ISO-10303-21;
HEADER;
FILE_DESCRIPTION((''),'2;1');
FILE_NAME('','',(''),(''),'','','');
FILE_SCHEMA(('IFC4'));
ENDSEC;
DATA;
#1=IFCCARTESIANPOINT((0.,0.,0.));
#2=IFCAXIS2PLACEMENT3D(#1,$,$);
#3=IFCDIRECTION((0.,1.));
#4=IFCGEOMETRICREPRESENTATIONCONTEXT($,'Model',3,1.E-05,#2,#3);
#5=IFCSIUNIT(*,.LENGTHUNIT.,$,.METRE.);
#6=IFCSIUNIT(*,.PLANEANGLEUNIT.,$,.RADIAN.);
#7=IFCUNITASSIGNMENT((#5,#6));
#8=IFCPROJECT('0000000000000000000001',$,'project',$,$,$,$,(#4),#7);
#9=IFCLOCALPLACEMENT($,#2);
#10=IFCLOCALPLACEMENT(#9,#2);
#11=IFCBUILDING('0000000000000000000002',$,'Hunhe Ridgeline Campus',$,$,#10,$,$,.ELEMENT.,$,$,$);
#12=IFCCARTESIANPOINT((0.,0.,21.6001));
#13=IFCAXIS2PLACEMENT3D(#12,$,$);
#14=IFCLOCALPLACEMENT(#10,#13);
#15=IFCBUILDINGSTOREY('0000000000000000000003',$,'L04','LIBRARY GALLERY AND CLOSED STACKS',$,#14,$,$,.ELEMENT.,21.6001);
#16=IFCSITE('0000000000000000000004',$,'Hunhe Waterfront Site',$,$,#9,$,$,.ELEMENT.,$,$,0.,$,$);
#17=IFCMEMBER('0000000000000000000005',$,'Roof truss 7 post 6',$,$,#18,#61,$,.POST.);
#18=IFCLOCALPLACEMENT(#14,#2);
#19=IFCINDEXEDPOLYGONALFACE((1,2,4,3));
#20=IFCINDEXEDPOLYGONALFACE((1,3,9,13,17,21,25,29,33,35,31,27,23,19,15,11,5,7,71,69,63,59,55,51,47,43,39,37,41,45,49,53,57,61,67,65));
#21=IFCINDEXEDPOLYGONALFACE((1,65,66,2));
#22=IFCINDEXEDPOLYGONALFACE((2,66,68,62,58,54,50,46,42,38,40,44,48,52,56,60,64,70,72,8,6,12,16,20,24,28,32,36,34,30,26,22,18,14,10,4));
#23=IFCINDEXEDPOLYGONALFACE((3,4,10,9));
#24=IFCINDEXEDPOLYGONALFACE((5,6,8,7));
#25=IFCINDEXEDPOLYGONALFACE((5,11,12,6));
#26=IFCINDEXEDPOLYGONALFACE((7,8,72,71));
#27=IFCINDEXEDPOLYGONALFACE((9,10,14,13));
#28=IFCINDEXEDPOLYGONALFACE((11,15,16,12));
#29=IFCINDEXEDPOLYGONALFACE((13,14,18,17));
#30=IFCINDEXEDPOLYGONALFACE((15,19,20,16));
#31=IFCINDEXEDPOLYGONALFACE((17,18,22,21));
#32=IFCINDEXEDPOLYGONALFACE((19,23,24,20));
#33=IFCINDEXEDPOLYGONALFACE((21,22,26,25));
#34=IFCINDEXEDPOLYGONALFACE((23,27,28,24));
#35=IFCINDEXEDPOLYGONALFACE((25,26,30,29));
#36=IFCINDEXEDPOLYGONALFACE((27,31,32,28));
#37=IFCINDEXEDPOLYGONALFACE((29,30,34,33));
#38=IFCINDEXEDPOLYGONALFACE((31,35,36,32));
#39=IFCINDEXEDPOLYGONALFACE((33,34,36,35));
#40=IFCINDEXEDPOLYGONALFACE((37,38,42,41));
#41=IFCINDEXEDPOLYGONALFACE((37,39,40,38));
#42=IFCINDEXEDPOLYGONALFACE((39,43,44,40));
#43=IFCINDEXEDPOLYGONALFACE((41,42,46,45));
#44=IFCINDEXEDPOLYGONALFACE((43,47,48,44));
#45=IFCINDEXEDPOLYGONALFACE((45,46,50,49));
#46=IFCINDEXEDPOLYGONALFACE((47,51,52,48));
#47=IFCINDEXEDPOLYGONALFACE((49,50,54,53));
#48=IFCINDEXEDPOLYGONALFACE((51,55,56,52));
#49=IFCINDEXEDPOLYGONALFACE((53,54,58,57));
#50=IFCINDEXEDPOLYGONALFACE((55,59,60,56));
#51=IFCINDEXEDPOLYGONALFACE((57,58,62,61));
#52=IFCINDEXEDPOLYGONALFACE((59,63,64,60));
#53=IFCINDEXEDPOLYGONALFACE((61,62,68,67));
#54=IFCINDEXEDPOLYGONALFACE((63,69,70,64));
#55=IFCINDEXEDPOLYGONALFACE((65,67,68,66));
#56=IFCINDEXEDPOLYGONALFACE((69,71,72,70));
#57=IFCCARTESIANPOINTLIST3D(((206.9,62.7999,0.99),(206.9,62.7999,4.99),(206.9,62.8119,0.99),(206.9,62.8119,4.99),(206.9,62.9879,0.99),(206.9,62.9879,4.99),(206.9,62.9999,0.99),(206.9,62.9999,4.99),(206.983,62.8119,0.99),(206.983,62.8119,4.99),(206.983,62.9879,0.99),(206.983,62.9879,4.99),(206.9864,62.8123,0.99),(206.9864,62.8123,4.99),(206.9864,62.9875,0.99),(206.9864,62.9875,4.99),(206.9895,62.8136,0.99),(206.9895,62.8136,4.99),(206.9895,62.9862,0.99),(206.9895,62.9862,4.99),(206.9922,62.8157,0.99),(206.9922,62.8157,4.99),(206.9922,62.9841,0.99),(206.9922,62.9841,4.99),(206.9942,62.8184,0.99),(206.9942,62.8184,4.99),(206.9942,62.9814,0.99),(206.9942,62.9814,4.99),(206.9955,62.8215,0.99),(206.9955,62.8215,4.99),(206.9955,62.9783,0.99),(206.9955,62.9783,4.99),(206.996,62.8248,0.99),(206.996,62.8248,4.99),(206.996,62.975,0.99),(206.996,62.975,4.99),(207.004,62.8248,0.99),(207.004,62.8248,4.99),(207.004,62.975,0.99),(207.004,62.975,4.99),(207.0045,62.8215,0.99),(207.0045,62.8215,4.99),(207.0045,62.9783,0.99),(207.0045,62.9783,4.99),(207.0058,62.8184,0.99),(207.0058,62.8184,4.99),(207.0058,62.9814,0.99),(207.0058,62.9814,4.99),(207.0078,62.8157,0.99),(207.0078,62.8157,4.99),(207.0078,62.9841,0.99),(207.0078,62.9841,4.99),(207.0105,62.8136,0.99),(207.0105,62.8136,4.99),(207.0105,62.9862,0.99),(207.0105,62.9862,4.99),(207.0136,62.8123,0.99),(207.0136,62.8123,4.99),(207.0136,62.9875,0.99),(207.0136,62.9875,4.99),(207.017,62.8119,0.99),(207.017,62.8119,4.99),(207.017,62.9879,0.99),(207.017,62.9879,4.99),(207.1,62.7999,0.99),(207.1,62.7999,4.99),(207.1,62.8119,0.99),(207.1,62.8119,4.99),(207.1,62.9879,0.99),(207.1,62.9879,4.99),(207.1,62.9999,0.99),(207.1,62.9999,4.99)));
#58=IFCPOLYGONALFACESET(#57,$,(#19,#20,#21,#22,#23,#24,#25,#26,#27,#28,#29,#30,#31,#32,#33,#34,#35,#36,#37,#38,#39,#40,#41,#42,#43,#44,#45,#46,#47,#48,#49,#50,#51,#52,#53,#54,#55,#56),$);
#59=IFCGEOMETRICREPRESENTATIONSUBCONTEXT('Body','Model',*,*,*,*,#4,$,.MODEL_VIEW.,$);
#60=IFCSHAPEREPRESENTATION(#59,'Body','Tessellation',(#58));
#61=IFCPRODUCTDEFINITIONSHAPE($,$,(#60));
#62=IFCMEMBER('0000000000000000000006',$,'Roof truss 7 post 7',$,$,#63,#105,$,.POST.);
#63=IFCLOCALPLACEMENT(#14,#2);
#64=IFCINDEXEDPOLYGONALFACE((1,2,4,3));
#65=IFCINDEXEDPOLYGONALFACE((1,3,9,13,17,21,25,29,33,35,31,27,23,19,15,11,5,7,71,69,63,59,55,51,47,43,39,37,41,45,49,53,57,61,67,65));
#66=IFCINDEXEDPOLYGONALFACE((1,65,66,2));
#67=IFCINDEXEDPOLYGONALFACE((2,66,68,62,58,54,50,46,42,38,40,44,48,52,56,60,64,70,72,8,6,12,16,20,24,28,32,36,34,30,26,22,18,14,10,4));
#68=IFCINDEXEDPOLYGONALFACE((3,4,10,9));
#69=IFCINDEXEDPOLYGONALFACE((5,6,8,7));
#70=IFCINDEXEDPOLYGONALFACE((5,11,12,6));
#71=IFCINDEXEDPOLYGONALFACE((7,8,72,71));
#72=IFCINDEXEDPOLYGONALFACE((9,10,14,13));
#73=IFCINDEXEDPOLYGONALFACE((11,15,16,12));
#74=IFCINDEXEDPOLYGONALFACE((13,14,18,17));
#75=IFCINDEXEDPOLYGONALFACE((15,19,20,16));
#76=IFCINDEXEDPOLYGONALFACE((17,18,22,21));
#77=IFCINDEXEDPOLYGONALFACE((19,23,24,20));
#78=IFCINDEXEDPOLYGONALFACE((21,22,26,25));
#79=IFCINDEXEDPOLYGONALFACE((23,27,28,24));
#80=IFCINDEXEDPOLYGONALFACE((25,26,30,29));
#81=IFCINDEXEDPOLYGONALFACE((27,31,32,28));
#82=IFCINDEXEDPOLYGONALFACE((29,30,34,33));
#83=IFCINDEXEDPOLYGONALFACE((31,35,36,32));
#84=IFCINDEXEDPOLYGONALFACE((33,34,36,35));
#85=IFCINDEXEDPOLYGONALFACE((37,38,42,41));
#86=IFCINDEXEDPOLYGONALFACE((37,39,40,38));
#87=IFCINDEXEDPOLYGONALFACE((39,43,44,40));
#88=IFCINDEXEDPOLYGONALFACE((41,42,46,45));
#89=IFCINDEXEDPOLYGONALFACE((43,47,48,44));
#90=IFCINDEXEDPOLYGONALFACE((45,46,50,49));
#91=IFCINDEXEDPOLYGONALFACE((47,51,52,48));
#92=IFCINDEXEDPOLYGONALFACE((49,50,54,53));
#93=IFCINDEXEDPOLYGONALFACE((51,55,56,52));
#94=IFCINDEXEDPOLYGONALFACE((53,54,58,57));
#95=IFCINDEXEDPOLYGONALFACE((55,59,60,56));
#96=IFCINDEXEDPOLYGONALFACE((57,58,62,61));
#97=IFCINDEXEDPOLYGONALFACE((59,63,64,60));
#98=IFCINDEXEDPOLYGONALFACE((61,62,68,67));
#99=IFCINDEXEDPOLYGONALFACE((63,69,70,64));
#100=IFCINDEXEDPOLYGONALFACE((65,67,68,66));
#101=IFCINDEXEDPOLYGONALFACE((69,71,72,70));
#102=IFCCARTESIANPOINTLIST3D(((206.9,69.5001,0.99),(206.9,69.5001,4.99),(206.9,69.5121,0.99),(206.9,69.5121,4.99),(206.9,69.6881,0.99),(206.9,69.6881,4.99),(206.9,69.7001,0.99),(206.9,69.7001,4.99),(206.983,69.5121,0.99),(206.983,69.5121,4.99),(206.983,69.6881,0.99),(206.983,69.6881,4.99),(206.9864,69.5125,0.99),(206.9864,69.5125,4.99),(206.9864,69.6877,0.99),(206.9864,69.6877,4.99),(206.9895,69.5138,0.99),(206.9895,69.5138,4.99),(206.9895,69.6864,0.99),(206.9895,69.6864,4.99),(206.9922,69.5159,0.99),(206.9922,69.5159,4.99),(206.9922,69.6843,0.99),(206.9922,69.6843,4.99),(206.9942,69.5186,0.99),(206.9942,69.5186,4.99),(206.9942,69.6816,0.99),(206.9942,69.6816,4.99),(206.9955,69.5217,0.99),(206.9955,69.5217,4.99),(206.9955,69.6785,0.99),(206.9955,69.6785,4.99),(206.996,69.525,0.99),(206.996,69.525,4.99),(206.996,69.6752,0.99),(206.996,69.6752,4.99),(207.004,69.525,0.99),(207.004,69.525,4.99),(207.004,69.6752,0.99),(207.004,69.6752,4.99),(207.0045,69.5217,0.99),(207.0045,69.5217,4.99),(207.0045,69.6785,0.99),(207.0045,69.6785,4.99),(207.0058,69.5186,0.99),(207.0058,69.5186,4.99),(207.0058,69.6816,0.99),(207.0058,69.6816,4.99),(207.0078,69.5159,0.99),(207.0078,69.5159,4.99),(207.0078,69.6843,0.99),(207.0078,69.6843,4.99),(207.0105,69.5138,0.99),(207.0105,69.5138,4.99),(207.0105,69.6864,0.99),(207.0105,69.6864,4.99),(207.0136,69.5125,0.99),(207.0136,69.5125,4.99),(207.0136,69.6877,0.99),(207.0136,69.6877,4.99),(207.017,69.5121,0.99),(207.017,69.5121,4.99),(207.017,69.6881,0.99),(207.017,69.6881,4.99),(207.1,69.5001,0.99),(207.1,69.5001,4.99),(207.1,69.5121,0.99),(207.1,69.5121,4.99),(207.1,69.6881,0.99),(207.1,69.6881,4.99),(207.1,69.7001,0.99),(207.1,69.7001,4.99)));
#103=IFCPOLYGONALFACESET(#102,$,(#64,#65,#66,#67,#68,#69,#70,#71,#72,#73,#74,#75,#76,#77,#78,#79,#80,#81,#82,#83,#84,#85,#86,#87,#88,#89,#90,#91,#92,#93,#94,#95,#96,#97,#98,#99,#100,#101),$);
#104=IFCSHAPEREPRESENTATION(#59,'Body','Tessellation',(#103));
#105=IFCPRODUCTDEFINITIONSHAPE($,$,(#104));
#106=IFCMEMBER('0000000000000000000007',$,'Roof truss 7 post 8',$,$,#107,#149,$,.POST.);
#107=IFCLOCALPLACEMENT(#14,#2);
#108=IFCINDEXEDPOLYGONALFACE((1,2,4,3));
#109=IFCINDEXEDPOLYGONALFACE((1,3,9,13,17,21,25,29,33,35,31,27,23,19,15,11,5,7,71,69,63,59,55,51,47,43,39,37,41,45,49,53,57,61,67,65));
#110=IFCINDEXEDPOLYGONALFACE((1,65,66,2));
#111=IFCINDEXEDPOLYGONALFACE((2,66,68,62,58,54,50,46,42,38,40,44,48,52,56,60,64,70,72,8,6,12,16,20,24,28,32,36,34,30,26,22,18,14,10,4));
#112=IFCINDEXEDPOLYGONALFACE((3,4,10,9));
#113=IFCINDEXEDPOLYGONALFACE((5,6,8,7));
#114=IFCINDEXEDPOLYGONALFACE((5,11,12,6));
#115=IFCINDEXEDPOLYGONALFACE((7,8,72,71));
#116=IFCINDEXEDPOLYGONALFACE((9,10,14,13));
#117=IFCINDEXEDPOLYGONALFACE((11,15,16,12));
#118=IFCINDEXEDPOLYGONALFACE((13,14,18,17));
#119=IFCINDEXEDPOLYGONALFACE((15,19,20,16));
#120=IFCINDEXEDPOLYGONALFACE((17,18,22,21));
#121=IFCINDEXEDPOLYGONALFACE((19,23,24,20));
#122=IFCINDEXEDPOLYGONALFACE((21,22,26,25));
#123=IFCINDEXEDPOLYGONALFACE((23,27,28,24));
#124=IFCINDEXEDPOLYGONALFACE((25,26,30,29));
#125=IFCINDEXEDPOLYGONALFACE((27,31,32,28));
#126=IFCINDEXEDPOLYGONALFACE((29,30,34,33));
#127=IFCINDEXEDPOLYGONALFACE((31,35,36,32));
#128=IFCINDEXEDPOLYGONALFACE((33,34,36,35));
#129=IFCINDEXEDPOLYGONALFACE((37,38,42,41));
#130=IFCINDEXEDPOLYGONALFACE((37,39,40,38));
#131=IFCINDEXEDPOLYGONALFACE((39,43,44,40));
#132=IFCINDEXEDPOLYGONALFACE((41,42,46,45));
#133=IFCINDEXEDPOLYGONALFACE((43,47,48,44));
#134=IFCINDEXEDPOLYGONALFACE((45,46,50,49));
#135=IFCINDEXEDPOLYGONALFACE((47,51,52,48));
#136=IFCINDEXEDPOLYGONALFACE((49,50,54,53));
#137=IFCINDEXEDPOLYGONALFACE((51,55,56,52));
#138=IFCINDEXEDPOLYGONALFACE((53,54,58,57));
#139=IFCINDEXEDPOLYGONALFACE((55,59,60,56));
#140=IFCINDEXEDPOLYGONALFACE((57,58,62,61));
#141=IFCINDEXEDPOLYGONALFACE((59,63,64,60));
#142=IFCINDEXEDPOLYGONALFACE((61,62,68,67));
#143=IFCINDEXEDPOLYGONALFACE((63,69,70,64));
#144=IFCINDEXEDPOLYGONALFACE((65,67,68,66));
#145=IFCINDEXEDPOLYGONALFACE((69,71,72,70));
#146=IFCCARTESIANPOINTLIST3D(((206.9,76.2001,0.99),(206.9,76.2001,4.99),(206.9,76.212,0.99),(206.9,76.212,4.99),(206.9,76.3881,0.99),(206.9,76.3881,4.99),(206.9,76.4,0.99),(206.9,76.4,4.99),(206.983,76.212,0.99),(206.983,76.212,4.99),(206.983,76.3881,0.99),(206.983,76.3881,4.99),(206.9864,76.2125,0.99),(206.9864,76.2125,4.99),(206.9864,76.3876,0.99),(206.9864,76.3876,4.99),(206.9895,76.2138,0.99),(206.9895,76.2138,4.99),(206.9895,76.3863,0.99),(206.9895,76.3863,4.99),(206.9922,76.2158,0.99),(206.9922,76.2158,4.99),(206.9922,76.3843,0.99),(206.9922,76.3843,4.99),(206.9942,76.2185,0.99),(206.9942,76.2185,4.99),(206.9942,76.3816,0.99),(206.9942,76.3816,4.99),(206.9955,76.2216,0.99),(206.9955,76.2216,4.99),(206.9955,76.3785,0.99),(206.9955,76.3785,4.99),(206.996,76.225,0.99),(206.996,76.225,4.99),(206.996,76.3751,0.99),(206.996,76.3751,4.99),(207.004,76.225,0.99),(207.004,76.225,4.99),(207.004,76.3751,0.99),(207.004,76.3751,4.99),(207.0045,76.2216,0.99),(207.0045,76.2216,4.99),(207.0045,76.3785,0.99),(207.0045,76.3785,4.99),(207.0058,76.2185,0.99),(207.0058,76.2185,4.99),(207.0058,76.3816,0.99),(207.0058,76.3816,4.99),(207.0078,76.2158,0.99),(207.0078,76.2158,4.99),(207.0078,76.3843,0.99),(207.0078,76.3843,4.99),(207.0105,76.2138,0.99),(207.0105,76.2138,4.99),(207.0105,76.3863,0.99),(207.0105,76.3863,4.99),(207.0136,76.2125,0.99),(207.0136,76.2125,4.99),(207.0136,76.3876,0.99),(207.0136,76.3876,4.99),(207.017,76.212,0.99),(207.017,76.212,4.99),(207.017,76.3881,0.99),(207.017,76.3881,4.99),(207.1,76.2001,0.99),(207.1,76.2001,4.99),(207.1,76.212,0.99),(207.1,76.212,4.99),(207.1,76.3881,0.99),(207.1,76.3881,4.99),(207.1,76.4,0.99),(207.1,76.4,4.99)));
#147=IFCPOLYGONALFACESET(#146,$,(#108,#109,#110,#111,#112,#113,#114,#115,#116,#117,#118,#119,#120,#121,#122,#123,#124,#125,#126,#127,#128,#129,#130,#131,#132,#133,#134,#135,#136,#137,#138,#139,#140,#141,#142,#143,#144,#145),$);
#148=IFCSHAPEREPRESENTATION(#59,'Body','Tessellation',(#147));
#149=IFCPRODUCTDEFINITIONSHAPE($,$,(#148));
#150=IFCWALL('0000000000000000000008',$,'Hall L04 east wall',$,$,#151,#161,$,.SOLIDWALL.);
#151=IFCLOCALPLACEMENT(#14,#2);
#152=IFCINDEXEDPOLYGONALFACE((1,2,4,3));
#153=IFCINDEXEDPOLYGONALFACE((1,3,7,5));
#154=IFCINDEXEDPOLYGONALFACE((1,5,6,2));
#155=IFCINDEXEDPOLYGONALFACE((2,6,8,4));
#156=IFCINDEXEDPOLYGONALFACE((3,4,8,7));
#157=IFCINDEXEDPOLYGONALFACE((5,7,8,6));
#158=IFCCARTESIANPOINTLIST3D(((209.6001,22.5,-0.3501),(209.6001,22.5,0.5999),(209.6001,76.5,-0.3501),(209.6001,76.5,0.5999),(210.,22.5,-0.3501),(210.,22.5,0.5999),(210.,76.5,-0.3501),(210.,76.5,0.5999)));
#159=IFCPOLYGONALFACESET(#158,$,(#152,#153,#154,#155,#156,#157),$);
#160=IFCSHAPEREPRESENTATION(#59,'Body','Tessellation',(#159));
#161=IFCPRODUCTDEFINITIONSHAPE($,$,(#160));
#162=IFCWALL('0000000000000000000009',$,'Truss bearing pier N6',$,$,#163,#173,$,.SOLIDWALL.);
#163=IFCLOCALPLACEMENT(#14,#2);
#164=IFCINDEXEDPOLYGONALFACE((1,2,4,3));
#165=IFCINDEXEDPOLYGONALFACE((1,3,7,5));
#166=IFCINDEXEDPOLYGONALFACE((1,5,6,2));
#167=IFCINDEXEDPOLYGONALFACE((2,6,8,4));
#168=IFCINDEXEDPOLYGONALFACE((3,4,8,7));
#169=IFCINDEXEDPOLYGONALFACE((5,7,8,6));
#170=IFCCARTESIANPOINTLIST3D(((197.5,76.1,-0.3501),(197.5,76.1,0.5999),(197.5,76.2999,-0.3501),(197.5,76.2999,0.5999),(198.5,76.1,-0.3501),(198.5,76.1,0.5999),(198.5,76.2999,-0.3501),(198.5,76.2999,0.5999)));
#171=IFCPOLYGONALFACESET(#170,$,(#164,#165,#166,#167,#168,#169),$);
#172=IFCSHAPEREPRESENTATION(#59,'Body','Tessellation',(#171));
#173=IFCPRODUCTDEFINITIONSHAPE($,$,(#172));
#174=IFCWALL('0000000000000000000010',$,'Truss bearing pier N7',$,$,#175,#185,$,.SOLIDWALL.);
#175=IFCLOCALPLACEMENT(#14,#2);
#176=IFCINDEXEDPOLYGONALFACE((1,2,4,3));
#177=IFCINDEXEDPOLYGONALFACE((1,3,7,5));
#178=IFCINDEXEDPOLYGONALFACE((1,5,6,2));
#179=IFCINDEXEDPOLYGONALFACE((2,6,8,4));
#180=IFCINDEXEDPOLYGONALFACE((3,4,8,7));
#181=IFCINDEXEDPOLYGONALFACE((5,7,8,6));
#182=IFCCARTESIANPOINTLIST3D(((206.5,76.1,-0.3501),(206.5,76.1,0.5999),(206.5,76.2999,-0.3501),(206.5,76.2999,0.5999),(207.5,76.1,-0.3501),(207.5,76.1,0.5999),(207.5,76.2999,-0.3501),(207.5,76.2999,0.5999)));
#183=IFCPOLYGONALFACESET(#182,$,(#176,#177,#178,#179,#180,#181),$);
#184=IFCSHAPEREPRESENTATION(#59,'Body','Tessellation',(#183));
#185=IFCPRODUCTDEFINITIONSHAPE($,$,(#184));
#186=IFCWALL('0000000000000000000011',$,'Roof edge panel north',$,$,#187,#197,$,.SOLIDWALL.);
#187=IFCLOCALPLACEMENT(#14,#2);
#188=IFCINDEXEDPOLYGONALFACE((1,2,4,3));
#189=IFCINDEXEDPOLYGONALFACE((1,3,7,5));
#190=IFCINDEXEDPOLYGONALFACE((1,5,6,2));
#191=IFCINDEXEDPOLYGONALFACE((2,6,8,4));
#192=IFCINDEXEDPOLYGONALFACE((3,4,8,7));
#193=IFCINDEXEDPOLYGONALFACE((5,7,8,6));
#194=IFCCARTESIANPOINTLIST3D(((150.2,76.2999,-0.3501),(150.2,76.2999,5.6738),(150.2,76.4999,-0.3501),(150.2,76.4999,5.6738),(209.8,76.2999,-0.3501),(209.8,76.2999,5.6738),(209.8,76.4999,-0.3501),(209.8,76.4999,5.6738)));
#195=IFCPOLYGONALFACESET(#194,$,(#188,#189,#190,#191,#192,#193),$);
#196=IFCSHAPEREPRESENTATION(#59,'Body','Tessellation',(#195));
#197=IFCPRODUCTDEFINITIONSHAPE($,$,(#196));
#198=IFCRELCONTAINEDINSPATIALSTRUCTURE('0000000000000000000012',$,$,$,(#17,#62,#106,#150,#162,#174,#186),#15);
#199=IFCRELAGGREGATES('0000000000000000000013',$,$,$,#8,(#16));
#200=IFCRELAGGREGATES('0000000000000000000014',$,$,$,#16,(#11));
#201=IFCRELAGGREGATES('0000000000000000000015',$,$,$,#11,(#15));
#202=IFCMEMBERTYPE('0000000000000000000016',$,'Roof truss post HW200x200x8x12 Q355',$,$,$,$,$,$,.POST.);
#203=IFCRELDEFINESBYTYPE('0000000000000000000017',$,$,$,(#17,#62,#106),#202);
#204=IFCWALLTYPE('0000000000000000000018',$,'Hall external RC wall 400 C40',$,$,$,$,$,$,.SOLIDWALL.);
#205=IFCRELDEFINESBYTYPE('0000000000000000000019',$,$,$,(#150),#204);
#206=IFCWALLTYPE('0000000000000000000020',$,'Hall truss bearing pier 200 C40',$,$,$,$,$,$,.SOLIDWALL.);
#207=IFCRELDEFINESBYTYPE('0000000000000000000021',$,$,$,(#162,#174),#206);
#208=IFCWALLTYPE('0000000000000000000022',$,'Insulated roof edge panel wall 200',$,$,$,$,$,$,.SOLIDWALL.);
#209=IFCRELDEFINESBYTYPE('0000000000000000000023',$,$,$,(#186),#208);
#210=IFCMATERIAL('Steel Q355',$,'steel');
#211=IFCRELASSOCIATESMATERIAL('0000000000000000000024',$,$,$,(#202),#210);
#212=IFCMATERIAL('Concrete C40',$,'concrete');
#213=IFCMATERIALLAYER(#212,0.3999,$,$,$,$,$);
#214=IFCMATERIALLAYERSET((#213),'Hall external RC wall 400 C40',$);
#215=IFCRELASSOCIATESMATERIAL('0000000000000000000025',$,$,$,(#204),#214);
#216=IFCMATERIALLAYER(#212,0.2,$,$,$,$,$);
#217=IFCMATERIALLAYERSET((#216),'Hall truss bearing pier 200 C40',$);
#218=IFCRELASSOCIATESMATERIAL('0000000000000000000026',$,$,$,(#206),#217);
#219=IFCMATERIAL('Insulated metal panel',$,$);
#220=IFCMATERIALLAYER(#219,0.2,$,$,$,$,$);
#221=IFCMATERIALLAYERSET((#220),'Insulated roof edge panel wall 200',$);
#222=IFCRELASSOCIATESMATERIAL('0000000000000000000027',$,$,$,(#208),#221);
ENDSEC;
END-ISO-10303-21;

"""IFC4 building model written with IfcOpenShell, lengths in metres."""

from ifc_helpers import new_model, si_unit, direction, frame, frame_2d, origin, origin_2d, place, context, subcontext, project, spatial, rectangle, i_section, extrude, material, layer, layer_set, material_profile, profile_set, type_object, element, save


model = new_model("IFC4")

# Units and contexts
model_context = context("Model", 3, precision=1e-05, world=origin(), true_north=direction((0.0, 1.0)))
body_context = subcontext(model_context, "Body", "Model", "MODEL_VIEW")
ifc_project = project(units=[si_unit("LENGTHUNIT", "METRE"), si_unit("PLANEANGLEUNIT", "RADIAN")], contexts=[model_context])

# Site, building, storey
site_placement = place(None, origin())
site = spatial("IfcSite", under=ifc_project, at=site_placement, Name="Hunhe Waterfront Site", CompositionType="ELEMENT", RefElevation=0.0)
building_placement = place(site_placement, origin())
building = spatial("IfcBuilding", under=site, at=building_placement, Name="Hunhe Ridgeline Campus", CompositionType="ELEMENT")
storey_placement = place(building_placement, frame((0.0, 0.0, 21.6001)))
storey = spatial("IfcBuildingStorey", under=building, at=storey_placement, Name="L04", Description="LIBRARY GALLERY AND CLOSED STACKS", CompositionType="ELEMENT", Elevation=21.6001)

# Members
ifc_material_1 = material(Name="Steel Q355", Category="steel")
ifc_material_profile_1 = material_profile(ifc_material_1, i_section(OverallWidth=0.2, OverallDepth=0.2, WebThickness=0.0081, FlangeThickness=0.012, FilletRadius=0.0129, at=origin_2d()))
ifc_profile_set_1 = profile_set([ifc_material_profile_1], Name="Steel Q355")
member_type_1 = type_object("IfcMemberType", Name="Roof truss post HW200x200x8x12 Q355", PredefinedType="POST", material=ifc_profile_set_1)
for number, where, z_axis, x_axis, name in (
    (1, (207.0, 62.8999, 0.99), (0.0, 0.0, 1.0), (1.0, 0.0, 0.0), "Roof truss 7 post 6"),
    (2, (207.0, 69.6001, 0.99), (0.0, 0.0, 1.0), (1.0, 0.0, 0.0), "Roof truss 7 post 7"),
    (3, (207.0, 76.3, 0.99), (0.0, 0.0, 1.0), (1.0, 0.0, 0.0), "Roof truss 7 post 8"),
):
    element("IfcMember", number, at=place(storey_placement, frame(where, z_axis=z_axis, x_axis=x_axis)), inside=storey, type_object=member_type_1, Name=name, PredefinedType="POST", context=body_context, shape_type="SweptSolid", body=[
        extrude(i_section(OverallWidth=0.2, OverallDepth=0.2, WebThickness=0.0081, FlangeThickness=0.012, FilletRadius=0.0129, at=origin_2d()), origin(), (0.0, 0.0, 1.0), 4.0),
    ])

# Walls
ifc_material_2 = material(Name="Concrete C40", Category="concrete")
ifc_layer_1 = layer(ifc_material_2, 0.3999)
ifc_layer_set_1 = layer_set([ifc_layer_1], Name="Hall external RC wall 400 C40")
wall_type_1 = type_object("IfcWallType", Name="Hall external RC wall 400 C40", PredefinedType="SOLIDWALL", material=ifc_layer_set_1)
wall_1_placement = place(storey_placement, frame((209.8, 76.5, -0.3501), z_axis=(0.0, 0.0, 1.0), x_axis=(0.0, -1.0, 0.0)))
element("IfcWall", 4, at=wall_1_placement, inside=storey, type_object=wall_type_1, Name="Hall L04 east wall", PredefinedType="SOLIDWALL", context=body_context, shape_type="SweptSolid", body=[
    extrude(rectangle(XDim=54.0, YDim=0.3999, at=frame_2d((27.0, 0.0))), origin(), (0.0, 0.0, 1.0), 0.95),
])
ifc_layer_2 = layer(ifc_material_2, 0.2)
ifc_layer_set_2 = layer_set([ifc_layer_2], Name="Hall truss bearing pier 200 C40")
wall_type_2 = type_object("IfcWallType", Name="Hall truss bearing pier 200 C40", PredefinedType="SOLIDWALL", material=ifc_layer_set_2)
for number, where, z_axis, x_axis, name in (
    (5, (197.5, 76.2, -0.3501), (0.0, 0.0, 1.0), (1.0, 0.0, 0.0), "Truss bearing pier N6"),
    (6, (206.5, 76.2, -0.3501), (0.0, 0.0, 1.0), (1.0, 0.0, 0.0), "Truss bearing pier N7"),
):
    element("IfcWall", number, at=place(storey_placement, frame(where, z_axis=z_axis, x_axis=x_axis)), inside=storey, type_object=wall_type_2, Name=name, PredefinedType="SOLIDWALL", context=body_context, shape_type="SweptSolid", body=[
        extrude(rectangle(XDim=1.0, YDim=0.2, at=frame_2d((0.5, 0.0))), origin(), (0.0, 0.0, 1.0), 0.95),
    ])
ifc_material_3 = material(Name="Insulated metal panel")
ifc_layer_3 = layer(ifc_material_3, 0.2)
ifc_layer_set_3 = layer_set([ifc_layer_3], Name="Insulated roof edge panel wall 200")
wall_type_3 = type_object("IfcWallType", Name="Insulated roof edge panel wall 200", PredefinedType="SOLIDWALL", material=ifc_layer_set_3)
wall_2_placement = place(storey_placement, frame((209.8, 76.3999, -0.3501), z_axis=(0.0, 0.0, 1.0), x_axis=(-1.0, 0.0, 0.0)))
element("IfcWall", 7, at=wall_2_placement, inside=storey, type_object=wall_type_3, Name="Roof edge panel north", PredefinedType="SOLIDWALL", context=body_context, shape_type="SweptSolid", body=[
    extrude(rectangle(XDim=59.6001, YDim=0.2, at=frame_2d((29.8, 0.0))), origin(), (0.0, 0.0, 1.0), 6.0239),
])

save(model, "model.ifc")
